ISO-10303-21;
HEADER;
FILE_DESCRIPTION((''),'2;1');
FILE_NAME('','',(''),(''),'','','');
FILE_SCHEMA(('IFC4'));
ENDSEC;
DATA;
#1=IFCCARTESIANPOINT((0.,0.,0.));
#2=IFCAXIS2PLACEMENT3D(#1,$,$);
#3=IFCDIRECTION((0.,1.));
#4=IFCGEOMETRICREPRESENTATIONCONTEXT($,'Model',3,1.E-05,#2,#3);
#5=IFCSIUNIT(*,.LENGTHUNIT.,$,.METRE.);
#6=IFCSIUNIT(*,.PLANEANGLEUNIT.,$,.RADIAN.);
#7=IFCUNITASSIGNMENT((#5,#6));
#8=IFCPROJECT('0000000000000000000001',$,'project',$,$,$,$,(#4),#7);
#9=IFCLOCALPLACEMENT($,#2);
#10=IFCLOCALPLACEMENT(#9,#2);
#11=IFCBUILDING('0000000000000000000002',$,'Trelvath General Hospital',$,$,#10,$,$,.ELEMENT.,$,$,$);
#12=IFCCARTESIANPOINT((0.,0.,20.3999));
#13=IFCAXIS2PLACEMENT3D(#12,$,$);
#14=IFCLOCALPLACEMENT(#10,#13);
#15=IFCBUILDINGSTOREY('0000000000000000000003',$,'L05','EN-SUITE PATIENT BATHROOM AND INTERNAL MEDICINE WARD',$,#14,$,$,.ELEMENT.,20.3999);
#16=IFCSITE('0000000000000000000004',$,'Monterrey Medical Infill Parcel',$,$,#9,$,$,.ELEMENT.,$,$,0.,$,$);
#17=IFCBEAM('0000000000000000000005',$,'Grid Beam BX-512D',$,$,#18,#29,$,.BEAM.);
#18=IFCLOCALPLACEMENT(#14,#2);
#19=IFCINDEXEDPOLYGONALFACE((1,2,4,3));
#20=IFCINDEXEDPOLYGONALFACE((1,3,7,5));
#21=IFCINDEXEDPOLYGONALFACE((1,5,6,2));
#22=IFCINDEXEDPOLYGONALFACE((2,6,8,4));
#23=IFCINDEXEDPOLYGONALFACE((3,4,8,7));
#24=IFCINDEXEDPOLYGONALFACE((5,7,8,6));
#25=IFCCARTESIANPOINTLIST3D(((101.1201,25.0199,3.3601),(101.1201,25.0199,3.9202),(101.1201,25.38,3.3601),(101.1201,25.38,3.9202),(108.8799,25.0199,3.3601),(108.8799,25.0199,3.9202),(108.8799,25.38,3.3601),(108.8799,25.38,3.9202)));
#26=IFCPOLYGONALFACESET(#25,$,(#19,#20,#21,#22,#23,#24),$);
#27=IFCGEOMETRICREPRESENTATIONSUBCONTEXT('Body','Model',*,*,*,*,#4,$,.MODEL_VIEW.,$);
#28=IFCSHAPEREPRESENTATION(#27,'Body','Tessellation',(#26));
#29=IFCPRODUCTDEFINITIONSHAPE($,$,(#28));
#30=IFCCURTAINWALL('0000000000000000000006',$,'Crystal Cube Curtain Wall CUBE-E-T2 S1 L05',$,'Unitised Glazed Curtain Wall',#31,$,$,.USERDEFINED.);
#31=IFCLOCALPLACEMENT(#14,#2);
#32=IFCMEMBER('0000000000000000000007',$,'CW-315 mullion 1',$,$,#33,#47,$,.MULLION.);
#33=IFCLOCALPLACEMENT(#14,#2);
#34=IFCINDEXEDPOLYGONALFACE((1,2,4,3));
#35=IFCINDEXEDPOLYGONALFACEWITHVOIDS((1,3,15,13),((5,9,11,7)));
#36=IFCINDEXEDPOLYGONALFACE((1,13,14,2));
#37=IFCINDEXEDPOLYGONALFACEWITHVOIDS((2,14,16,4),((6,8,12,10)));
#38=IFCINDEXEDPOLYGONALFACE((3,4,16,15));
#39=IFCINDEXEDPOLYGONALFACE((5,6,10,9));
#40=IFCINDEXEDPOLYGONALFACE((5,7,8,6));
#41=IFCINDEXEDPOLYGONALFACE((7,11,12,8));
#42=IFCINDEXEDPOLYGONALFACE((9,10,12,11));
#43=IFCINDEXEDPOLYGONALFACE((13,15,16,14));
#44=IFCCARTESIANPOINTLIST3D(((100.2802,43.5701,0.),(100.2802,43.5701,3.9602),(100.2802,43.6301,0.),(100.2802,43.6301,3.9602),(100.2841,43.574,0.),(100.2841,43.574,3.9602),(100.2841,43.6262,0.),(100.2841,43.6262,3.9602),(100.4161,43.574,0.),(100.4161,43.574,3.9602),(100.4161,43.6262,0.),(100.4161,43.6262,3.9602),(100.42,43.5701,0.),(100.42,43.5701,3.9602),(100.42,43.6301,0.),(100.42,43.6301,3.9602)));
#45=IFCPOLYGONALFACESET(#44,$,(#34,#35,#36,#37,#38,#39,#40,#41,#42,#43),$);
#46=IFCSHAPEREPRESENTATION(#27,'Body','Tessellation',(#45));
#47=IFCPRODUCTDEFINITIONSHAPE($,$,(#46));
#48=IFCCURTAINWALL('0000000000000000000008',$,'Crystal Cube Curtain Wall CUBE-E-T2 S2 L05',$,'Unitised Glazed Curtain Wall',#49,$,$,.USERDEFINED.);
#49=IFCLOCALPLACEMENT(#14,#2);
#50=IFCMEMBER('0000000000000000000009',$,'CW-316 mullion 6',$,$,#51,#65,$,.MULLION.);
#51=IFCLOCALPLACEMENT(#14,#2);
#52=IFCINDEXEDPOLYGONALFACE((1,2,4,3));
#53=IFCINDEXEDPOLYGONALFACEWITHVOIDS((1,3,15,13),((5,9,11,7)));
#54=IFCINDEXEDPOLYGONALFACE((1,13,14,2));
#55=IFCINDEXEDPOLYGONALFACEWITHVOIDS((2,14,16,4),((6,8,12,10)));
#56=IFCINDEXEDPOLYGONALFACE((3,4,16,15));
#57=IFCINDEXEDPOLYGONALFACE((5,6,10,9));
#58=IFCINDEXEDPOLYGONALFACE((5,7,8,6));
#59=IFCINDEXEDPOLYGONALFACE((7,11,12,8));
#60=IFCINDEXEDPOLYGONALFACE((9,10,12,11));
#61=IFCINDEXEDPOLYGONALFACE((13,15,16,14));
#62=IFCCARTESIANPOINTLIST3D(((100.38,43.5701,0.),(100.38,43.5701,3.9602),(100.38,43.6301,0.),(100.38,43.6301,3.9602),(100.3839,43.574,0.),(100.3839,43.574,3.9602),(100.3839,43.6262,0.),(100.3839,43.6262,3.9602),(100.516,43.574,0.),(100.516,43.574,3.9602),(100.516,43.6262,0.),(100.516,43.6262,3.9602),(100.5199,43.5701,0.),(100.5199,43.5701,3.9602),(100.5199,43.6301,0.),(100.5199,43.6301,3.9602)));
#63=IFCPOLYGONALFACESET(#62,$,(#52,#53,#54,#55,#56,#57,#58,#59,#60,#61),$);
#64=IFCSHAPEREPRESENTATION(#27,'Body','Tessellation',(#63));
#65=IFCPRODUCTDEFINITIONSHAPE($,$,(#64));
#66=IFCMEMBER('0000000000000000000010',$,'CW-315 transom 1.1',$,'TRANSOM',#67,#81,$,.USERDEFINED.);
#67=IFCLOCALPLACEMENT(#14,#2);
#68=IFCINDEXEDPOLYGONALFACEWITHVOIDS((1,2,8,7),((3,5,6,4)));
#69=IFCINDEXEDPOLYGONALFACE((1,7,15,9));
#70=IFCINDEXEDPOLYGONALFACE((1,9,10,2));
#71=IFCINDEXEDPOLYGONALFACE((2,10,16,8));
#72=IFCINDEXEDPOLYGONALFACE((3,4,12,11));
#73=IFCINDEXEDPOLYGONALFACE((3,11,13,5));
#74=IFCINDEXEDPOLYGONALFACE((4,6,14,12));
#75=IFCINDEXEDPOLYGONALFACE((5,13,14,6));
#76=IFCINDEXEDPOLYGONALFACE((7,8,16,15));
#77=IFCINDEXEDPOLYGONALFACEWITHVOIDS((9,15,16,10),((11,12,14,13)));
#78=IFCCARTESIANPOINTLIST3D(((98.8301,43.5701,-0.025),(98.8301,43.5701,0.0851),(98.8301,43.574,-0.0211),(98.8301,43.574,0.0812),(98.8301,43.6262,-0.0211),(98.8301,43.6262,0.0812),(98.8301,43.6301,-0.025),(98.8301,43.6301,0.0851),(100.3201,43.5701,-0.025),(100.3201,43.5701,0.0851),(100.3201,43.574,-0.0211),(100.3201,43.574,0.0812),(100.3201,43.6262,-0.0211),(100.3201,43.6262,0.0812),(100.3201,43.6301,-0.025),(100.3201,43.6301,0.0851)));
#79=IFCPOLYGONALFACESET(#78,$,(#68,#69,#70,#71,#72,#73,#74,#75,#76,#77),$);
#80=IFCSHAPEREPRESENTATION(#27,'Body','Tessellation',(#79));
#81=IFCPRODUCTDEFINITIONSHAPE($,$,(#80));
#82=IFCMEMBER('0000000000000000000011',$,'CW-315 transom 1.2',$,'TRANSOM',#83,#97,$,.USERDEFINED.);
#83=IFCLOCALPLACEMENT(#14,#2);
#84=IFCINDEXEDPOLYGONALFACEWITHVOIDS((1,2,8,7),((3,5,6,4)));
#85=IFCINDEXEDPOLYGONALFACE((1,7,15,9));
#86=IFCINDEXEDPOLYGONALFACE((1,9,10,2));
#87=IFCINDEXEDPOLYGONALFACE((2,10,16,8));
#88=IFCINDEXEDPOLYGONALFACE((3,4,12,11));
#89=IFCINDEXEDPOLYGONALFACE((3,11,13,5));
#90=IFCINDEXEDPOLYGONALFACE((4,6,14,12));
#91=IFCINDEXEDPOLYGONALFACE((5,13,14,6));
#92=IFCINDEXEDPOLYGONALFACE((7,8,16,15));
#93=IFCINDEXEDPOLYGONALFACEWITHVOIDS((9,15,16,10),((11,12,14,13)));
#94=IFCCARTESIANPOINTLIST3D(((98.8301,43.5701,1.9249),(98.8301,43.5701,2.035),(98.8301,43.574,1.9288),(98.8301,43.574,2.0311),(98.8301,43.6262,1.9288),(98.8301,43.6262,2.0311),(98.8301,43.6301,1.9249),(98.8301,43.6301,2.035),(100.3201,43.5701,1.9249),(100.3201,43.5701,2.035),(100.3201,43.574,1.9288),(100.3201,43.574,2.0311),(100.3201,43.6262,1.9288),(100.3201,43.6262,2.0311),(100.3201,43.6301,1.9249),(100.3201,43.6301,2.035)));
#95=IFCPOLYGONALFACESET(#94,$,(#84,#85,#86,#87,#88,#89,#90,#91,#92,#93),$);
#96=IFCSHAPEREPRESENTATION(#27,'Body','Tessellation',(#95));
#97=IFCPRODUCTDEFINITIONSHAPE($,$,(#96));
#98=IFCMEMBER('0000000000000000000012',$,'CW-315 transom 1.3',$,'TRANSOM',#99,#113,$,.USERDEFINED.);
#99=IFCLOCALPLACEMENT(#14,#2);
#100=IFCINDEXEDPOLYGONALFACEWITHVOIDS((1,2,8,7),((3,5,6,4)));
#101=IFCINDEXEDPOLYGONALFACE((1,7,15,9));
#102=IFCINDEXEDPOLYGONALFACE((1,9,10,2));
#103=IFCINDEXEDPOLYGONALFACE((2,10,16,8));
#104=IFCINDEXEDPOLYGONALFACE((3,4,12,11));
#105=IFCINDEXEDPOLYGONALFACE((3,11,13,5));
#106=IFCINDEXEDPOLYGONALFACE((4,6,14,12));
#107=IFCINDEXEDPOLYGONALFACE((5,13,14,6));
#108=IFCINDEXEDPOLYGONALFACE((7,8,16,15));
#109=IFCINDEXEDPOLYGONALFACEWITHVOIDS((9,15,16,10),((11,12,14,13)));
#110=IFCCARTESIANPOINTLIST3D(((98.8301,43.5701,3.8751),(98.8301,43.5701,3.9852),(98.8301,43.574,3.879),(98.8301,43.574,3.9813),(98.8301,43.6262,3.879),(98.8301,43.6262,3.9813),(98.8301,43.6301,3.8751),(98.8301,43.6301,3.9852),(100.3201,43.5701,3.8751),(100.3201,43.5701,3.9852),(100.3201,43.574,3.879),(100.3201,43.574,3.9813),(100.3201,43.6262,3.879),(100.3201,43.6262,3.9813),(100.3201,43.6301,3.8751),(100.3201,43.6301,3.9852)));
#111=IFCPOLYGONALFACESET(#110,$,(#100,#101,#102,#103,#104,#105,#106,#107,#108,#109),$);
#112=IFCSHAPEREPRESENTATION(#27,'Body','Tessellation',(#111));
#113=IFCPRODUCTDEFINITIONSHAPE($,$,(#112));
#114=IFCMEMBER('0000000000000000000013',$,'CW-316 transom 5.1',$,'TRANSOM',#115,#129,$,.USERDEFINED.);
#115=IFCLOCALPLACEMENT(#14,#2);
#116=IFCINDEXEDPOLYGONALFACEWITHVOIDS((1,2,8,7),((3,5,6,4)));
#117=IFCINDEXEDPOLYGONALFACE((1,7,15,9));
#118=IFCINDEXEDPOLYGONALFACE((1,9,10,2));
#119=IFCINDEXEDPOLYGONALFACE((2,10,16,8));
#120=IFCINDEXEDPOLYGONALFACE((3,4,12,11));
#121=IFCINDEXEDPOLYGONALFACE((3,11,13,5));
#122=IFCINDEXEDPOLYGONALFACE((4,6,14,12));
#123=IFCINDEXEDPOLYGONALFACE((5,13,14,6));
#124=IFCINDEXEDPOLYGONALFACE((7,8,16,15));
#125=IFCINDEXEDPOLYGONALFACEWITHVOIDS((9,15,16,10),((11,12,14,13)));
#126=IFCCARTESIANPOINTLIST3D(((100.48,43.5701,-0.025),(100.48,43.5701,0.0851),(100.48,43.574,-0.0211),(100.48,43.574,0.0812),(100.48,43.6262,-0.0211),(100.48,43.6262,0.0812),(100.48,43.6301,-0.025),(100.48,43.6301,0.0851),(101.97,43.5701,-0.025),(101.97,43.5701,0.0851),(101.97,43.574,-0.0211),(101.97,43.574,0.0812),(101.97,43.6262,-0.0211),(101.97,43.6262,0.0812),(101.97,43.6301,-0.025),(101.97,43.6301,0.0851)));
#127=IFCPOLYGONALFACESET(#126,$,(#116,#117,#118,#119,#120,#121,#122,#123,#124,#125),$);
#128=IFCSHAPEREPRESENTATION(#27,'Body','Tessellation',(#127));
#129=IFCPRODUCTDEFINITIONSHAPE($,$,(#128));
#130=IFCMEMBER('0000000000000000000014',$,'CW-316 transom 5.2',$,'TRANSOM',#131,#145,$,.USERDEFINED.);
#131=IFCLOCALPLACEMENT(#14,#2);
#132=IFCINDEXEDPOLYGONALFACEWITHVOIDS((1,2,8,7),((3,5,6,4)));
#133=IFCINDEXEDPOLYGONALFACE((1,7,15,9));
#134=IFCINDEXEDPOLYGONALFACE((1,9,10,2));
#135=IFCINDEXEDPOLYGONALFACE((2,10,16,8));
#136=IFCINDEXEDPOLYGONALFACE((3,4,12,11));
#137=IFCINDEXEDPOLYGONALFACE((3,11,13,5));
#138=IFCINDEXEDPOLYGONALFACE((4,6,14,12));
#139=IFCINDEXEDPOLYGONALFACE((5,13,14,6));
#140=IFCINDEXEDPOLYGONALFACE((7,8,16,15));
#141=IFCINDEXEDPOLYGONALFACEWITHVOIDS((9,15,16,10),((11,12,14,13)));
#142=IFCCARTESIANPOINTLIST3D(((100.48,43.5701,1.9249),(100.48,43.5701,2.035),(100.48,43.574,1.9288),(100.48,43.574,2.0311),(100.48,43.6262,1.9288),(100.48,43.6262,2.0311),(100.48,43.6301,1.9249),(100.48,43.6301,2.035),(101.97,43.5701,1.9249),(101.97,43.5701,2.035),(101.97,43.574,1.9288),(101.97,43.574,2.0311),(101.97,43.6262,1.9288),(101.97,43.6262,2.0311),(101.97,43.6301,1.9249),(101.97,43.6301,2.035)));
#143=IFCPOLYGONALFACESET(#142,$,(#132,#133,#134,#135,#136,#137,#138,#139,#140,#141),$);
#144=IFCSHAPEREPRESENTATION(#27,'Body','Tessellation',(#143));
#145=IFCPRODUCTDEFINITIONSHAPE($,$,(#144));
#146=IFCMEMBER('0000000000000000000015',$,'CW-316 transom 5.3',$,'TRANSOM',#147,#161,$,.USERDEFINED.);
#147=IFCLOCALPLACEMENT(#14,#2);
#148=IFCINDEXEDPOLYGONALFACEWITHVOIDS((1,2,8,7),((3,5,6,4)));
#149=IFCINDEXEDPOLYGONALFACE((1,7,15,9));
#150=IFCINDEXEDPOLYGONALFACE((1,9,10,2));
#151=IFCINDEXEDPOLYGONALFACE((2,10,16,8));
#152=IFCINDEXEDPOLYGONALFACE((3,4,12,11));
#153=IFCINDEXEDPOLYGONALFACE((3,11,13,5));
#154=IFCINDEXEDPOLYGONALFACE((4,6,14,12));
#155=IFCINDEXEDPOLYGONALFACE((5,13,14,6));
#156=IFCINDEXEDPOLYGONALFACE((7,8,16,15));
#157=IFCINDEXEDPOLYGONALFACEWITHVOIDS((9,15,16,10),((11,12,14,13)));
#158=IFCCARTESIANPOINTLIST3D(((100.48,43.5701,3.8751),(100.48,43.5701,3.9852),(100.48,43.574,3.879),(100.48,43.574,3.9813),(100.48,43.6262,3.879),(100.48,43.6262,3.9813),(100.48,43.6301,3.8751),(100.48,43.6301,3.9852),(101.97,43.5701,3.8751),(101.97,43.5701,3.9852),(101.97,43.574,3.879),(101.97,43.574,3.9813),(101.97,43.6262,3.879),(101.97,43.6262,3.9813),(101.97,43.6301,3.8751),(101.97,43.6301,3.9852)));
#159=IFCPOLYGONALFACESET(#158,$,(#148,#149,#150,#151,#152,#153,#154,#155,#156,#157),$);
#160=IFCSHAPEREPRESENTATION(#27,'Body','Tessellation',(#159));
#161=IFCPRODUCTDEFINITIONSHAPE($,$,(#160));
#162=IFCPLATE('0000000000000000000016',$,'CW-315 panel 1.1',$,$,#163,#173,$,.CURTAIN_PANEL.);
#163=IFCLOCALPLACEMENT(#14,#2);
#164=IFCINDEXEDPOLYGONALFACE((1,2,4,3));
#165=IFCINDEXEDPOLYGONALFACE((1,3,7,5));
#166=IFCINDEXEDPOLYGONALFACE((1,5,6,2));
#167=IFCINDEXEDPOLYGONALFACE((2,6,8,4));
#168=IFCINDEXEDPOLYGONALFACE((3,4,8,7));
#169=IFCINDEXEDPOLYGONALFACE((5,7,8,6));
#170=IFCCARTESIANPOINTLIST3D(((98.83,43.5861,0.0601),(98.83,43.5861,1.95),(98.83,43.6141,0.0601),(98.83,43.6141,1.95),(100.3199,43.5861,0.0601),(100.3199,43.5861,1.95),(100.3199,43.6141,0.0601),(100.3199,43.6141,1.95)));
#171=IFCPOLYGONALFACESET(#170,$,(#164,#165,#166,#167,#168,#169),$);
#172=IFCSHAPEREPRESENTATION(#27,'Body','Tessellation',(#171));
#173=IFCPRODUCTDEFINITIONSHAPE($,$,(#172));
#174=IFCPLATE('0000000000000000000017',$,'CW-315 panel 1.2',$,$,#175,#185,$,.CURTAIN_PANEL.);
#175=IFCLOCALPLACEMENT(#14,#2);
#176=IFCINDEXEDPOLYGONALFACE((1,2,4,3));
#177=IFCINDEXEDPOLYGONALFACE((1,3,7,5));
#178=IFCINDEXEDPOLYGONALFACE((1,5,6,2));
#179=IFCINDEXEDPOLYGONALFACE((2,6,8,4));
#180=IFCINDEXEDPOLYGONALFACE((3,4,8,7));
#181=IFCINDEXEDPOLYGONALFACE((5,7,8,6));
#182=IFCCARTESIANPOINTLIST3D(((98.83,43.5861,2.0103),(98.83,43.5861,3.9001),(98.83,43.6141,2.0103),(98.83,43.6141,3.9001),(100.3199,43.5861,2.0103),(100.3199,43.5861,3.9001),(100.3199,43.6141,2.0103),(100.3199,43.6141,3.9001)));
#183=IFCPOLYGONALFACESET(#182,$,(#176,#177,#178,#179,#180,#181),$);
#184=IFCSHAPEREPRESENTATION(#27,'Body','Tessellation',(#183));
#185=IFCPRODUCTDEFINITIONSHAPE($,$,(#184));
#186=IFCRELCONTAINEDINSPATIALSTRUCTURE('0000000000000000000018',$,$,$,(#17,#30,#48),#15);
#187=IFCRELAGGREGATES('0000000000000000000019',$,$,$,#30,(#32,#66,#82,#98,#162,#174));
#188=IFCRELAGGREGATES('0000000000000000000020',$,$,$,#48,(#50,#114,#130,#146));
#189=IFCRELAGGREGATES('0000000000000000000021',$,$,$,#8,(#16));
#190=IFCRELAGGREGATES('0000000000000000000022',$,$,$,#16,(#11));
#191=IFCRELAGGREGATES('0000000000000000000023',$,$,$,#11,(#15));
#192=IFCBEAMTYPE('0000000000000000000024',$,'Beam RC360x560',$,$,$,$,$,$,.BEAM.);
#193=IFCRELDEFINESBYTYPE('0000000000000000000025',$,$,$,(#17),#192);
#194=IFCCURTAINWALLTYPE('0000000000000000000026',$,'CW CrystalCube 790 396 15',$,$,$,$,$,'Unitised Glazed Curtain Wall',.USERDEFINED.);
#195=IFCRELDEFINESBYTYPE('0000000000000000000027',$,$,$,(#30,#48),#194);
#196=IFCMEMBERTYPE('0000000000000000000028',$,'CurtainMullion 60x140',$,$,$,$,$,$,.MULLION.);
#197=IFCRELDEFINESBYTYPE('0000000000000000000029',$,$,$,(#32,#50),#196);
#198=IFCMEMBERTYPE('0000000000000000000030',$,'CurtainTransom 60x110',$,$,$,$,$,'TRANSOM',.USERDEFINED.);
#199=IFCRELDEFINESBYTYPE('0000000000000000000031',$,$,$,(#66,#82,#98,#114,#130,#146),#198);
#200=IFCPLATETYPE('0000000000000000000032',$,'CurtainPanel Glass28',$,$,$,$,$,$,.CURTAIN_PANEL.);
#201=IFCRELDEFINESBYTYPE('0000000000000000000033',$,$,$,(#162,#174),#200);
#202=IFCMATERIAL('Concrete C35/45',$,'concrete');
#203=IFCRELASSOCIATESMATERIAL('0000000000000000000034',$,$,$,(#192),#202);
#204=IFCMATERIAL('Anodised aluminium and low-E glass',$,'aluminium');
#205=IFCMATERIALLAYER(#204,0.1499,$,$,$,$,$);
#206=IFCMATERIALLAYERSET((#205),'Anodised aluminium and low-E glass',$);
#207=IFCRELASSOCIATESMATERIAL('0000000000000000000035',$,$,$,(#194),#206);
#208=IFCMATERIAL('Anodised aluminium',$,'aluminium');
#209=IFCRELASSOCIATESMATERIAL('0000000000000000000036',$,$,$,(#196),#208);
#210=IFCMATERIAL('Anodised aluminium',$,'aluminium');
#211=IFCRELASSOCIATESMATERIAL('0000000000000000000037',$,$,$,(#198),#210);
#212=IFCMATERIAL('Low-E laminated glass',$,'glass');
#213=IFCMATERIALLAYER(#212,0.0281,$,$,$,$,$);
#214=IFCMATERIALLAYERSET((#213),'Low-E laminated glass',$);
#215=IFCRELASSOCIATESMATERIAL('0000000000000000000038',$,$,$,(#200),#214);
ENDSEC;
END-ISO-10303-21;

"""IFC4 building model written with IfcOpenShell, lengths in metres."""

from ifc_helpers import new_model, si_unit, direction, frame, origin, origin_2d, place, context, subcontext, project, spatial, rectangle, hollow_rectangle, extrude, material, layer, layer_set, material_profile, profile_set, type_object, element, aggregate, save


model = new_model("IFC4")

# Units and contexts
model_context = context("Model", 3, precision=1e-05, world=origin(), true_north=direction((0.0, 1.0)))
body_context = subcontext(model_context, "Body", "Model", "MODEL_VIEW")
ifc_project = project(units=[si_unit("LENGTHUNIT", "METRE"), si_unit("PLANEANGLEUNIT", "RADIAN")], contexts=[model_context])

# Site, building, storey
site_placement = place(None, origin())
site = spatial("IfcSite", under=ifc_project, at=site_placement, Name="Monterrey Medical Infill Parcel", CompositionType="ELEMENT", RefElevation=0.0)
building_placement = place(site_placement, origin())
building = spatial("IfcBuilding", under=site, at=building_placement, Name="Trelvath General Hospital", CompositionType="ELEMENT")
storey_placement = place(building_placement, frame((0.0, 0.0, 20.3999)))
storey = spatial("IfcBuildingStorey", under=building, at=storey_placement, Name="L05", Description="EN-SUITE PATIENT BATHROOM AND INTERNAL MEDICINE WARD", CompositionType="ELEMENT", Elevation=20.3999)

# Beam
ifc_material_1 = material(Name="Concrete C35/45", Category="concrete")
ifc_material_profile_1 = material_profile(ifc_material_1, rectangle(XDim=0.3601, YDim=0.5601, at=origin_2d()), Name="RCB360x560")
ifc_profile_set_1 = profile_set([ifc_material_profile_1], Name="Concrete C35/45")
beam_type = type_object("IfcBeamType", Name="Beam RC360x560", PredefinedType="BEAM", material=ifc_profile_set_1)
beam_placement = place(storey_placement, frame((101.1201, 25.2, 3.6401), z_axis=(1.0, 0.0, 0.0), x_axis=(0.0, 1.0, 0.0)))
element("IfcBeam", 1, at=beam_placement, inside=storey, type_object=beam_type, Name="Grid Beam BX-512D", PredefinedType="BEAM", context=body_context, shape_type="SweptSolid", body=[
    extrude(rectangle(XDim=0.3601, YDim=0.5601, at=origin_2d()), origin(), (0.0, 0.0, 1.0), 7.7598),
])

# Curtain walls, members
ifc_material_2 = material(Name="Anodised aluminium and low-E glass", Category="aluminium")
ifc_layer_1 = layer(ifc_material_2, 0.1499)
ifc_layer_set_1 = layer_set([ifc_layer_1], Name="Anodised aluminium and low-E glass")
curtain_wall_type = type_object("IfcCurtainWallType", Name="CW CrystalCube 790 396 15", ElementType="Unitised Glazed Curtain Wall", PredefinedType="USERDEFINED", material=ifc_layer_set_1)
curtain_wall_1_placement = place(storey_placement, origin())
curtain_wall_1 = element("IfcCurtainWall", 2, at=curtain_wall_1_placement, inside=storey, type_object=curtain_wall_type, Name="Crystal Cube Curtain Wall CUBE-E-T2 S1 L05", ObjectType="Unitised Glazed Curtain Wall", PredefinedType="USERDEFINED")
ifc_material_3 = material(Name="Anodised aluminium", Category="aluminium")
ifc_material_profile_2 = material_profile(ifc_material_3, hollow_rectangle(XDim=0.0601, YDim=0.1399, WallThickness=0.0039, at=origin_2d()), Name="RHS60x140x4")
ifc_profile_set_2 = profile_set([ifc_material_profile_2], Name="Anodised aluminium")
member_type_1 = type_object("IfcMemberType", Name="CurtainMullion 60x140", PredefinedType="MULLION", material=ifc_profile_set_2)
member_1_placement = place(storey_placement, frame((100.3501, 43.6001, 0.0), z_axis=(0.0, 0.0, 1.0), x_axis=(0.0, -1.0, 0.0)))
member_1 = element("IfcMember", 3, at=member_1_placement, type_object=member_type_1, Name="CW-315 mullion 1", PredefinedType="MULLION", context=body_context, shape_type="SweptSolid", body=[
    extrude(hollow_rectangle(XDim=0.0601, YDim=0.1399, WallThickness=0.0039, at=origin_2d()), origin(), (0.0, 0.0, 1.0), 3.9602),
])
curtain_wall_2_placement = place(storey_placement, origin())
curtain_wall_2 = element("IfcCurtainWall", 4, at=curtain_wall_2_placement, inside=storey, type_object=curtain_wall_type, Name="Crystal Cube Curtain Wall CUBE-E-T2 S2 L05", ObjectType="Unitised Glazed Curtain Wall", PredefinedType="USERDEFINED")
member_2_placement = place(storey_placement, frame((100.45, 43.6001, 0.0), z_axis=(0.0, 0.0, 1.0), x_axis=(0.0, -1.0, 0.0)))
member_2 = element("IfcMember", 5, at=member_2_placement, type_object=member_type_1, Name="CW-316 mullion 6", PredefinedType="MULLION", context=body_context, shape_type="SweptSolid", body=[
    extrude(hollow_rectangle(XDim=0.0601, YDim=0.1399, WallThickness=0.0039, at=origin_2d()), origin(), (0.0, 0.0, 1.0), 3.9602),
])

# Members
ifc_material_4 = material(Name="Anodised aluminium", Category="aluminium")
ifc_material_profile_3 = material_profile(ifc_material_4, hollow_rectangle(XDim=0.0601, YDim=0.1101, WallThickness=0.0039, at=origin_2d()), Name="RHS60x110x4")
ifc_profile_set_3 = profile_set([ifc_material_profile_3], Name="Anodised aluminium")
member_type_2 = type_object("IfcMemberType", Name="CurtainTransom 60x110", ElementType="TRANSOM", PredefinedType="USERDEFINED", material=ifc_profile_set_3)
member_3_placement = place(storey_placement, frame((100.3201, 43.6001, 0.03), z_axis=(-1.0, 0.0, 0.0), x_axis=(0.0, -1.0, 0.0)))
member_3 = element("IfcMember", 6, at=member_3_placement, type_object=member_type_2, Name="CW-315 transom 1.1", ObjectType="TRANSOM", PredefinedType="USERDEFINED", context=body_context, shape_type="SweptSolid", body=[
    extrude(hollow_rectangle(XDim=0.0601, YDim=0.1101, WallThickness=0.0039, at=origin_2d()), origin(), (0.0, 0.0, 1.0), 1.49),
])
member_4_placement = place(storey_placement, frame((100.3201, 43.6001, 1.98), z_axis=(-1.0, 0.0, 0.0), x_axis=(0.0, -1.0, 0.0)))
member_4 = element("IfcMember", 7, at=member_4_placement, type_object=member_type_2, Name="CW-315 transom 1.2", ObjectType="TRANSOM", PredefinedType="USERDEFINED", context=body_context, shape_type="SweptSolid", body=[
    extrude(hollow_rectangle(XDim=0.0601, YDim=0.1101, WallThickness=0.0039, at=origin_2d()), origin(), (0.0, 0.0, 1.0), 1.49),
])
member_5_placement = place(storey_placement, frame((100.3201, 43.6001, 3.9302), z_axis=(-1.0, 0.0, 0.0), x_axis=(0.0, -1.0, 0.0)))
member_5 = element("IfcMember", 8, at=member_5_placement, type_object=member_type_2, Name="CW-315 transom 1.3", ObjectType="TRANSOM", PredefinedType="USERDEFINED", context=body_context, shape_type="SweptSolid", body=[
    extrude(hollow_rectangle(XDim=0.0601, YDim=0.1101, WallThickness=0.0039, at=origin_2d()), origin(), (0.0, 0.0, 1.0), 1.49),
])
member_6_placement = place(storey_placement, frame((101.97, 43.6001, 0.03), z_axis=(-1.0, 0.0, 0.0), x_axis=(0.0, -1.0, 0.0)))
member_6 = element("IfcMember", 9, at=member_6_placement, type_object=member_type_2, Name="CW-316 transom 5.1", ObjectType="TRANSOM", PredefinedType="USERDEFINED", context=body_context, shape_type="SweptSolid", body=[
    extrude(hollow_rectangle(XDim=0.0601, YDim=0.1101, WallThickness=0.0039, at=origin_2d()), origin(), (0.0, 0.0, 1.0), 1.49),
])
member_7_placement = place(storey_placement, frame((101.97, 43.6001, 1.98), z_axis=(-1.0, 0.0, 0.0), x_axis=(0.0, -1.0, 0.0)))
member_7 = element("IfcMember", 10, at=member_7_placement, type_object=member_type_2, Name="CW-316 transom 5.2", ObjectType="TRANSOM", PredefinedType="USERDEFINED", context=body_context, shape_type="SweptSolid", body=[
    extrude(hollow_rectangle(XDim=0.0601, YDim=0.1101, WallThickness=0.0039, at=origin_2d()), origin(), (0.0, 0.0, 1.0), 1.49),
])
member_8_placement = place(storey_placement, frame((101.97, 43.6001, 3.9302), z_axis=(-1.0, 0.0, 0.0), x_axis=(0.0, -1.0, 0.0)))
member_8 = element("IfcMember", 11, at=member_8_placement, type_object=member_type_2, Name="CW-316 transom 5.3", ObjectType="TRANSOM", PredefinedType="USERDEFINED", context=body_context, shape_type="SweptSolid", body=[
    extrude(hollow_rectangle(XDim=0.0601, YDim=0.1101, WallThickness=0.0039, at=origin_2d()), origin(), (0.0, 0.0, 1.0), 1.49),
])

# Plates
ifc_material_5 = material(Name="Low-E laminated glass", Category="glass")
ifc_layer_2 = layer(ifc_material_5, 0.0281)
ifc_layer_set_2 = layer_set([ifc_layer_2], Name="Low-E laminated glass")
plate_type = type_object("IfcPlateType", Name="CurtainPanel Glass28", PredefinedType="CURTAIN_PANEL", material=ifc_layer_set_2)
plate_1_placement = place(storey_placement, frame((99.575, 43.6001, 0.0601), z_axis=(0.0, 0.0, 1.0), x_axis=(-1.0, 0.0, 0.0)))
plate_1 = element("IfcPlate", 12, at=plate_1_placement, type_object=plate_type, Name="CW-315 panel 1.1", PredefinedType="CURTAIN_PANEL", context=body_context, shape_type="SweptSolid", body=[
    extrude(rectangle(XDim=1.49, YDim=0.0281, at=origin_2d()), origin(), (0.0, 0.0, 1.0), 1.8899),
])
plate_2_placement = place(storey_placement, frame((99.575, 43.6001, 2.0103), z_axis=(0.0, 0.0, 1.0), x_axis=(-1.0, 0.0, 0.0)))
plate_2 = element("IfcPlate", 13, at=plate_2_placement, type_object=plate_type, Name="CW-315 panel 1.2", PredefinedType="CURTAIN_PANEL", context=body_context, shape_type="SweptSolid", body=[
    extrude(rectangle(XDim=1.49, YDim=0.0281, at=origin_2d()), origin(), (0.0, 0.0, 1.0), 1.8899),
])
aggregate(curtain_wall_1, [member_1, member_3, member_4, member_5, plate_1, plate_2])
aggregate(curtain_wall_2, [member_2, member_6, member_7, member_8])

save(model, "model.ifc")
